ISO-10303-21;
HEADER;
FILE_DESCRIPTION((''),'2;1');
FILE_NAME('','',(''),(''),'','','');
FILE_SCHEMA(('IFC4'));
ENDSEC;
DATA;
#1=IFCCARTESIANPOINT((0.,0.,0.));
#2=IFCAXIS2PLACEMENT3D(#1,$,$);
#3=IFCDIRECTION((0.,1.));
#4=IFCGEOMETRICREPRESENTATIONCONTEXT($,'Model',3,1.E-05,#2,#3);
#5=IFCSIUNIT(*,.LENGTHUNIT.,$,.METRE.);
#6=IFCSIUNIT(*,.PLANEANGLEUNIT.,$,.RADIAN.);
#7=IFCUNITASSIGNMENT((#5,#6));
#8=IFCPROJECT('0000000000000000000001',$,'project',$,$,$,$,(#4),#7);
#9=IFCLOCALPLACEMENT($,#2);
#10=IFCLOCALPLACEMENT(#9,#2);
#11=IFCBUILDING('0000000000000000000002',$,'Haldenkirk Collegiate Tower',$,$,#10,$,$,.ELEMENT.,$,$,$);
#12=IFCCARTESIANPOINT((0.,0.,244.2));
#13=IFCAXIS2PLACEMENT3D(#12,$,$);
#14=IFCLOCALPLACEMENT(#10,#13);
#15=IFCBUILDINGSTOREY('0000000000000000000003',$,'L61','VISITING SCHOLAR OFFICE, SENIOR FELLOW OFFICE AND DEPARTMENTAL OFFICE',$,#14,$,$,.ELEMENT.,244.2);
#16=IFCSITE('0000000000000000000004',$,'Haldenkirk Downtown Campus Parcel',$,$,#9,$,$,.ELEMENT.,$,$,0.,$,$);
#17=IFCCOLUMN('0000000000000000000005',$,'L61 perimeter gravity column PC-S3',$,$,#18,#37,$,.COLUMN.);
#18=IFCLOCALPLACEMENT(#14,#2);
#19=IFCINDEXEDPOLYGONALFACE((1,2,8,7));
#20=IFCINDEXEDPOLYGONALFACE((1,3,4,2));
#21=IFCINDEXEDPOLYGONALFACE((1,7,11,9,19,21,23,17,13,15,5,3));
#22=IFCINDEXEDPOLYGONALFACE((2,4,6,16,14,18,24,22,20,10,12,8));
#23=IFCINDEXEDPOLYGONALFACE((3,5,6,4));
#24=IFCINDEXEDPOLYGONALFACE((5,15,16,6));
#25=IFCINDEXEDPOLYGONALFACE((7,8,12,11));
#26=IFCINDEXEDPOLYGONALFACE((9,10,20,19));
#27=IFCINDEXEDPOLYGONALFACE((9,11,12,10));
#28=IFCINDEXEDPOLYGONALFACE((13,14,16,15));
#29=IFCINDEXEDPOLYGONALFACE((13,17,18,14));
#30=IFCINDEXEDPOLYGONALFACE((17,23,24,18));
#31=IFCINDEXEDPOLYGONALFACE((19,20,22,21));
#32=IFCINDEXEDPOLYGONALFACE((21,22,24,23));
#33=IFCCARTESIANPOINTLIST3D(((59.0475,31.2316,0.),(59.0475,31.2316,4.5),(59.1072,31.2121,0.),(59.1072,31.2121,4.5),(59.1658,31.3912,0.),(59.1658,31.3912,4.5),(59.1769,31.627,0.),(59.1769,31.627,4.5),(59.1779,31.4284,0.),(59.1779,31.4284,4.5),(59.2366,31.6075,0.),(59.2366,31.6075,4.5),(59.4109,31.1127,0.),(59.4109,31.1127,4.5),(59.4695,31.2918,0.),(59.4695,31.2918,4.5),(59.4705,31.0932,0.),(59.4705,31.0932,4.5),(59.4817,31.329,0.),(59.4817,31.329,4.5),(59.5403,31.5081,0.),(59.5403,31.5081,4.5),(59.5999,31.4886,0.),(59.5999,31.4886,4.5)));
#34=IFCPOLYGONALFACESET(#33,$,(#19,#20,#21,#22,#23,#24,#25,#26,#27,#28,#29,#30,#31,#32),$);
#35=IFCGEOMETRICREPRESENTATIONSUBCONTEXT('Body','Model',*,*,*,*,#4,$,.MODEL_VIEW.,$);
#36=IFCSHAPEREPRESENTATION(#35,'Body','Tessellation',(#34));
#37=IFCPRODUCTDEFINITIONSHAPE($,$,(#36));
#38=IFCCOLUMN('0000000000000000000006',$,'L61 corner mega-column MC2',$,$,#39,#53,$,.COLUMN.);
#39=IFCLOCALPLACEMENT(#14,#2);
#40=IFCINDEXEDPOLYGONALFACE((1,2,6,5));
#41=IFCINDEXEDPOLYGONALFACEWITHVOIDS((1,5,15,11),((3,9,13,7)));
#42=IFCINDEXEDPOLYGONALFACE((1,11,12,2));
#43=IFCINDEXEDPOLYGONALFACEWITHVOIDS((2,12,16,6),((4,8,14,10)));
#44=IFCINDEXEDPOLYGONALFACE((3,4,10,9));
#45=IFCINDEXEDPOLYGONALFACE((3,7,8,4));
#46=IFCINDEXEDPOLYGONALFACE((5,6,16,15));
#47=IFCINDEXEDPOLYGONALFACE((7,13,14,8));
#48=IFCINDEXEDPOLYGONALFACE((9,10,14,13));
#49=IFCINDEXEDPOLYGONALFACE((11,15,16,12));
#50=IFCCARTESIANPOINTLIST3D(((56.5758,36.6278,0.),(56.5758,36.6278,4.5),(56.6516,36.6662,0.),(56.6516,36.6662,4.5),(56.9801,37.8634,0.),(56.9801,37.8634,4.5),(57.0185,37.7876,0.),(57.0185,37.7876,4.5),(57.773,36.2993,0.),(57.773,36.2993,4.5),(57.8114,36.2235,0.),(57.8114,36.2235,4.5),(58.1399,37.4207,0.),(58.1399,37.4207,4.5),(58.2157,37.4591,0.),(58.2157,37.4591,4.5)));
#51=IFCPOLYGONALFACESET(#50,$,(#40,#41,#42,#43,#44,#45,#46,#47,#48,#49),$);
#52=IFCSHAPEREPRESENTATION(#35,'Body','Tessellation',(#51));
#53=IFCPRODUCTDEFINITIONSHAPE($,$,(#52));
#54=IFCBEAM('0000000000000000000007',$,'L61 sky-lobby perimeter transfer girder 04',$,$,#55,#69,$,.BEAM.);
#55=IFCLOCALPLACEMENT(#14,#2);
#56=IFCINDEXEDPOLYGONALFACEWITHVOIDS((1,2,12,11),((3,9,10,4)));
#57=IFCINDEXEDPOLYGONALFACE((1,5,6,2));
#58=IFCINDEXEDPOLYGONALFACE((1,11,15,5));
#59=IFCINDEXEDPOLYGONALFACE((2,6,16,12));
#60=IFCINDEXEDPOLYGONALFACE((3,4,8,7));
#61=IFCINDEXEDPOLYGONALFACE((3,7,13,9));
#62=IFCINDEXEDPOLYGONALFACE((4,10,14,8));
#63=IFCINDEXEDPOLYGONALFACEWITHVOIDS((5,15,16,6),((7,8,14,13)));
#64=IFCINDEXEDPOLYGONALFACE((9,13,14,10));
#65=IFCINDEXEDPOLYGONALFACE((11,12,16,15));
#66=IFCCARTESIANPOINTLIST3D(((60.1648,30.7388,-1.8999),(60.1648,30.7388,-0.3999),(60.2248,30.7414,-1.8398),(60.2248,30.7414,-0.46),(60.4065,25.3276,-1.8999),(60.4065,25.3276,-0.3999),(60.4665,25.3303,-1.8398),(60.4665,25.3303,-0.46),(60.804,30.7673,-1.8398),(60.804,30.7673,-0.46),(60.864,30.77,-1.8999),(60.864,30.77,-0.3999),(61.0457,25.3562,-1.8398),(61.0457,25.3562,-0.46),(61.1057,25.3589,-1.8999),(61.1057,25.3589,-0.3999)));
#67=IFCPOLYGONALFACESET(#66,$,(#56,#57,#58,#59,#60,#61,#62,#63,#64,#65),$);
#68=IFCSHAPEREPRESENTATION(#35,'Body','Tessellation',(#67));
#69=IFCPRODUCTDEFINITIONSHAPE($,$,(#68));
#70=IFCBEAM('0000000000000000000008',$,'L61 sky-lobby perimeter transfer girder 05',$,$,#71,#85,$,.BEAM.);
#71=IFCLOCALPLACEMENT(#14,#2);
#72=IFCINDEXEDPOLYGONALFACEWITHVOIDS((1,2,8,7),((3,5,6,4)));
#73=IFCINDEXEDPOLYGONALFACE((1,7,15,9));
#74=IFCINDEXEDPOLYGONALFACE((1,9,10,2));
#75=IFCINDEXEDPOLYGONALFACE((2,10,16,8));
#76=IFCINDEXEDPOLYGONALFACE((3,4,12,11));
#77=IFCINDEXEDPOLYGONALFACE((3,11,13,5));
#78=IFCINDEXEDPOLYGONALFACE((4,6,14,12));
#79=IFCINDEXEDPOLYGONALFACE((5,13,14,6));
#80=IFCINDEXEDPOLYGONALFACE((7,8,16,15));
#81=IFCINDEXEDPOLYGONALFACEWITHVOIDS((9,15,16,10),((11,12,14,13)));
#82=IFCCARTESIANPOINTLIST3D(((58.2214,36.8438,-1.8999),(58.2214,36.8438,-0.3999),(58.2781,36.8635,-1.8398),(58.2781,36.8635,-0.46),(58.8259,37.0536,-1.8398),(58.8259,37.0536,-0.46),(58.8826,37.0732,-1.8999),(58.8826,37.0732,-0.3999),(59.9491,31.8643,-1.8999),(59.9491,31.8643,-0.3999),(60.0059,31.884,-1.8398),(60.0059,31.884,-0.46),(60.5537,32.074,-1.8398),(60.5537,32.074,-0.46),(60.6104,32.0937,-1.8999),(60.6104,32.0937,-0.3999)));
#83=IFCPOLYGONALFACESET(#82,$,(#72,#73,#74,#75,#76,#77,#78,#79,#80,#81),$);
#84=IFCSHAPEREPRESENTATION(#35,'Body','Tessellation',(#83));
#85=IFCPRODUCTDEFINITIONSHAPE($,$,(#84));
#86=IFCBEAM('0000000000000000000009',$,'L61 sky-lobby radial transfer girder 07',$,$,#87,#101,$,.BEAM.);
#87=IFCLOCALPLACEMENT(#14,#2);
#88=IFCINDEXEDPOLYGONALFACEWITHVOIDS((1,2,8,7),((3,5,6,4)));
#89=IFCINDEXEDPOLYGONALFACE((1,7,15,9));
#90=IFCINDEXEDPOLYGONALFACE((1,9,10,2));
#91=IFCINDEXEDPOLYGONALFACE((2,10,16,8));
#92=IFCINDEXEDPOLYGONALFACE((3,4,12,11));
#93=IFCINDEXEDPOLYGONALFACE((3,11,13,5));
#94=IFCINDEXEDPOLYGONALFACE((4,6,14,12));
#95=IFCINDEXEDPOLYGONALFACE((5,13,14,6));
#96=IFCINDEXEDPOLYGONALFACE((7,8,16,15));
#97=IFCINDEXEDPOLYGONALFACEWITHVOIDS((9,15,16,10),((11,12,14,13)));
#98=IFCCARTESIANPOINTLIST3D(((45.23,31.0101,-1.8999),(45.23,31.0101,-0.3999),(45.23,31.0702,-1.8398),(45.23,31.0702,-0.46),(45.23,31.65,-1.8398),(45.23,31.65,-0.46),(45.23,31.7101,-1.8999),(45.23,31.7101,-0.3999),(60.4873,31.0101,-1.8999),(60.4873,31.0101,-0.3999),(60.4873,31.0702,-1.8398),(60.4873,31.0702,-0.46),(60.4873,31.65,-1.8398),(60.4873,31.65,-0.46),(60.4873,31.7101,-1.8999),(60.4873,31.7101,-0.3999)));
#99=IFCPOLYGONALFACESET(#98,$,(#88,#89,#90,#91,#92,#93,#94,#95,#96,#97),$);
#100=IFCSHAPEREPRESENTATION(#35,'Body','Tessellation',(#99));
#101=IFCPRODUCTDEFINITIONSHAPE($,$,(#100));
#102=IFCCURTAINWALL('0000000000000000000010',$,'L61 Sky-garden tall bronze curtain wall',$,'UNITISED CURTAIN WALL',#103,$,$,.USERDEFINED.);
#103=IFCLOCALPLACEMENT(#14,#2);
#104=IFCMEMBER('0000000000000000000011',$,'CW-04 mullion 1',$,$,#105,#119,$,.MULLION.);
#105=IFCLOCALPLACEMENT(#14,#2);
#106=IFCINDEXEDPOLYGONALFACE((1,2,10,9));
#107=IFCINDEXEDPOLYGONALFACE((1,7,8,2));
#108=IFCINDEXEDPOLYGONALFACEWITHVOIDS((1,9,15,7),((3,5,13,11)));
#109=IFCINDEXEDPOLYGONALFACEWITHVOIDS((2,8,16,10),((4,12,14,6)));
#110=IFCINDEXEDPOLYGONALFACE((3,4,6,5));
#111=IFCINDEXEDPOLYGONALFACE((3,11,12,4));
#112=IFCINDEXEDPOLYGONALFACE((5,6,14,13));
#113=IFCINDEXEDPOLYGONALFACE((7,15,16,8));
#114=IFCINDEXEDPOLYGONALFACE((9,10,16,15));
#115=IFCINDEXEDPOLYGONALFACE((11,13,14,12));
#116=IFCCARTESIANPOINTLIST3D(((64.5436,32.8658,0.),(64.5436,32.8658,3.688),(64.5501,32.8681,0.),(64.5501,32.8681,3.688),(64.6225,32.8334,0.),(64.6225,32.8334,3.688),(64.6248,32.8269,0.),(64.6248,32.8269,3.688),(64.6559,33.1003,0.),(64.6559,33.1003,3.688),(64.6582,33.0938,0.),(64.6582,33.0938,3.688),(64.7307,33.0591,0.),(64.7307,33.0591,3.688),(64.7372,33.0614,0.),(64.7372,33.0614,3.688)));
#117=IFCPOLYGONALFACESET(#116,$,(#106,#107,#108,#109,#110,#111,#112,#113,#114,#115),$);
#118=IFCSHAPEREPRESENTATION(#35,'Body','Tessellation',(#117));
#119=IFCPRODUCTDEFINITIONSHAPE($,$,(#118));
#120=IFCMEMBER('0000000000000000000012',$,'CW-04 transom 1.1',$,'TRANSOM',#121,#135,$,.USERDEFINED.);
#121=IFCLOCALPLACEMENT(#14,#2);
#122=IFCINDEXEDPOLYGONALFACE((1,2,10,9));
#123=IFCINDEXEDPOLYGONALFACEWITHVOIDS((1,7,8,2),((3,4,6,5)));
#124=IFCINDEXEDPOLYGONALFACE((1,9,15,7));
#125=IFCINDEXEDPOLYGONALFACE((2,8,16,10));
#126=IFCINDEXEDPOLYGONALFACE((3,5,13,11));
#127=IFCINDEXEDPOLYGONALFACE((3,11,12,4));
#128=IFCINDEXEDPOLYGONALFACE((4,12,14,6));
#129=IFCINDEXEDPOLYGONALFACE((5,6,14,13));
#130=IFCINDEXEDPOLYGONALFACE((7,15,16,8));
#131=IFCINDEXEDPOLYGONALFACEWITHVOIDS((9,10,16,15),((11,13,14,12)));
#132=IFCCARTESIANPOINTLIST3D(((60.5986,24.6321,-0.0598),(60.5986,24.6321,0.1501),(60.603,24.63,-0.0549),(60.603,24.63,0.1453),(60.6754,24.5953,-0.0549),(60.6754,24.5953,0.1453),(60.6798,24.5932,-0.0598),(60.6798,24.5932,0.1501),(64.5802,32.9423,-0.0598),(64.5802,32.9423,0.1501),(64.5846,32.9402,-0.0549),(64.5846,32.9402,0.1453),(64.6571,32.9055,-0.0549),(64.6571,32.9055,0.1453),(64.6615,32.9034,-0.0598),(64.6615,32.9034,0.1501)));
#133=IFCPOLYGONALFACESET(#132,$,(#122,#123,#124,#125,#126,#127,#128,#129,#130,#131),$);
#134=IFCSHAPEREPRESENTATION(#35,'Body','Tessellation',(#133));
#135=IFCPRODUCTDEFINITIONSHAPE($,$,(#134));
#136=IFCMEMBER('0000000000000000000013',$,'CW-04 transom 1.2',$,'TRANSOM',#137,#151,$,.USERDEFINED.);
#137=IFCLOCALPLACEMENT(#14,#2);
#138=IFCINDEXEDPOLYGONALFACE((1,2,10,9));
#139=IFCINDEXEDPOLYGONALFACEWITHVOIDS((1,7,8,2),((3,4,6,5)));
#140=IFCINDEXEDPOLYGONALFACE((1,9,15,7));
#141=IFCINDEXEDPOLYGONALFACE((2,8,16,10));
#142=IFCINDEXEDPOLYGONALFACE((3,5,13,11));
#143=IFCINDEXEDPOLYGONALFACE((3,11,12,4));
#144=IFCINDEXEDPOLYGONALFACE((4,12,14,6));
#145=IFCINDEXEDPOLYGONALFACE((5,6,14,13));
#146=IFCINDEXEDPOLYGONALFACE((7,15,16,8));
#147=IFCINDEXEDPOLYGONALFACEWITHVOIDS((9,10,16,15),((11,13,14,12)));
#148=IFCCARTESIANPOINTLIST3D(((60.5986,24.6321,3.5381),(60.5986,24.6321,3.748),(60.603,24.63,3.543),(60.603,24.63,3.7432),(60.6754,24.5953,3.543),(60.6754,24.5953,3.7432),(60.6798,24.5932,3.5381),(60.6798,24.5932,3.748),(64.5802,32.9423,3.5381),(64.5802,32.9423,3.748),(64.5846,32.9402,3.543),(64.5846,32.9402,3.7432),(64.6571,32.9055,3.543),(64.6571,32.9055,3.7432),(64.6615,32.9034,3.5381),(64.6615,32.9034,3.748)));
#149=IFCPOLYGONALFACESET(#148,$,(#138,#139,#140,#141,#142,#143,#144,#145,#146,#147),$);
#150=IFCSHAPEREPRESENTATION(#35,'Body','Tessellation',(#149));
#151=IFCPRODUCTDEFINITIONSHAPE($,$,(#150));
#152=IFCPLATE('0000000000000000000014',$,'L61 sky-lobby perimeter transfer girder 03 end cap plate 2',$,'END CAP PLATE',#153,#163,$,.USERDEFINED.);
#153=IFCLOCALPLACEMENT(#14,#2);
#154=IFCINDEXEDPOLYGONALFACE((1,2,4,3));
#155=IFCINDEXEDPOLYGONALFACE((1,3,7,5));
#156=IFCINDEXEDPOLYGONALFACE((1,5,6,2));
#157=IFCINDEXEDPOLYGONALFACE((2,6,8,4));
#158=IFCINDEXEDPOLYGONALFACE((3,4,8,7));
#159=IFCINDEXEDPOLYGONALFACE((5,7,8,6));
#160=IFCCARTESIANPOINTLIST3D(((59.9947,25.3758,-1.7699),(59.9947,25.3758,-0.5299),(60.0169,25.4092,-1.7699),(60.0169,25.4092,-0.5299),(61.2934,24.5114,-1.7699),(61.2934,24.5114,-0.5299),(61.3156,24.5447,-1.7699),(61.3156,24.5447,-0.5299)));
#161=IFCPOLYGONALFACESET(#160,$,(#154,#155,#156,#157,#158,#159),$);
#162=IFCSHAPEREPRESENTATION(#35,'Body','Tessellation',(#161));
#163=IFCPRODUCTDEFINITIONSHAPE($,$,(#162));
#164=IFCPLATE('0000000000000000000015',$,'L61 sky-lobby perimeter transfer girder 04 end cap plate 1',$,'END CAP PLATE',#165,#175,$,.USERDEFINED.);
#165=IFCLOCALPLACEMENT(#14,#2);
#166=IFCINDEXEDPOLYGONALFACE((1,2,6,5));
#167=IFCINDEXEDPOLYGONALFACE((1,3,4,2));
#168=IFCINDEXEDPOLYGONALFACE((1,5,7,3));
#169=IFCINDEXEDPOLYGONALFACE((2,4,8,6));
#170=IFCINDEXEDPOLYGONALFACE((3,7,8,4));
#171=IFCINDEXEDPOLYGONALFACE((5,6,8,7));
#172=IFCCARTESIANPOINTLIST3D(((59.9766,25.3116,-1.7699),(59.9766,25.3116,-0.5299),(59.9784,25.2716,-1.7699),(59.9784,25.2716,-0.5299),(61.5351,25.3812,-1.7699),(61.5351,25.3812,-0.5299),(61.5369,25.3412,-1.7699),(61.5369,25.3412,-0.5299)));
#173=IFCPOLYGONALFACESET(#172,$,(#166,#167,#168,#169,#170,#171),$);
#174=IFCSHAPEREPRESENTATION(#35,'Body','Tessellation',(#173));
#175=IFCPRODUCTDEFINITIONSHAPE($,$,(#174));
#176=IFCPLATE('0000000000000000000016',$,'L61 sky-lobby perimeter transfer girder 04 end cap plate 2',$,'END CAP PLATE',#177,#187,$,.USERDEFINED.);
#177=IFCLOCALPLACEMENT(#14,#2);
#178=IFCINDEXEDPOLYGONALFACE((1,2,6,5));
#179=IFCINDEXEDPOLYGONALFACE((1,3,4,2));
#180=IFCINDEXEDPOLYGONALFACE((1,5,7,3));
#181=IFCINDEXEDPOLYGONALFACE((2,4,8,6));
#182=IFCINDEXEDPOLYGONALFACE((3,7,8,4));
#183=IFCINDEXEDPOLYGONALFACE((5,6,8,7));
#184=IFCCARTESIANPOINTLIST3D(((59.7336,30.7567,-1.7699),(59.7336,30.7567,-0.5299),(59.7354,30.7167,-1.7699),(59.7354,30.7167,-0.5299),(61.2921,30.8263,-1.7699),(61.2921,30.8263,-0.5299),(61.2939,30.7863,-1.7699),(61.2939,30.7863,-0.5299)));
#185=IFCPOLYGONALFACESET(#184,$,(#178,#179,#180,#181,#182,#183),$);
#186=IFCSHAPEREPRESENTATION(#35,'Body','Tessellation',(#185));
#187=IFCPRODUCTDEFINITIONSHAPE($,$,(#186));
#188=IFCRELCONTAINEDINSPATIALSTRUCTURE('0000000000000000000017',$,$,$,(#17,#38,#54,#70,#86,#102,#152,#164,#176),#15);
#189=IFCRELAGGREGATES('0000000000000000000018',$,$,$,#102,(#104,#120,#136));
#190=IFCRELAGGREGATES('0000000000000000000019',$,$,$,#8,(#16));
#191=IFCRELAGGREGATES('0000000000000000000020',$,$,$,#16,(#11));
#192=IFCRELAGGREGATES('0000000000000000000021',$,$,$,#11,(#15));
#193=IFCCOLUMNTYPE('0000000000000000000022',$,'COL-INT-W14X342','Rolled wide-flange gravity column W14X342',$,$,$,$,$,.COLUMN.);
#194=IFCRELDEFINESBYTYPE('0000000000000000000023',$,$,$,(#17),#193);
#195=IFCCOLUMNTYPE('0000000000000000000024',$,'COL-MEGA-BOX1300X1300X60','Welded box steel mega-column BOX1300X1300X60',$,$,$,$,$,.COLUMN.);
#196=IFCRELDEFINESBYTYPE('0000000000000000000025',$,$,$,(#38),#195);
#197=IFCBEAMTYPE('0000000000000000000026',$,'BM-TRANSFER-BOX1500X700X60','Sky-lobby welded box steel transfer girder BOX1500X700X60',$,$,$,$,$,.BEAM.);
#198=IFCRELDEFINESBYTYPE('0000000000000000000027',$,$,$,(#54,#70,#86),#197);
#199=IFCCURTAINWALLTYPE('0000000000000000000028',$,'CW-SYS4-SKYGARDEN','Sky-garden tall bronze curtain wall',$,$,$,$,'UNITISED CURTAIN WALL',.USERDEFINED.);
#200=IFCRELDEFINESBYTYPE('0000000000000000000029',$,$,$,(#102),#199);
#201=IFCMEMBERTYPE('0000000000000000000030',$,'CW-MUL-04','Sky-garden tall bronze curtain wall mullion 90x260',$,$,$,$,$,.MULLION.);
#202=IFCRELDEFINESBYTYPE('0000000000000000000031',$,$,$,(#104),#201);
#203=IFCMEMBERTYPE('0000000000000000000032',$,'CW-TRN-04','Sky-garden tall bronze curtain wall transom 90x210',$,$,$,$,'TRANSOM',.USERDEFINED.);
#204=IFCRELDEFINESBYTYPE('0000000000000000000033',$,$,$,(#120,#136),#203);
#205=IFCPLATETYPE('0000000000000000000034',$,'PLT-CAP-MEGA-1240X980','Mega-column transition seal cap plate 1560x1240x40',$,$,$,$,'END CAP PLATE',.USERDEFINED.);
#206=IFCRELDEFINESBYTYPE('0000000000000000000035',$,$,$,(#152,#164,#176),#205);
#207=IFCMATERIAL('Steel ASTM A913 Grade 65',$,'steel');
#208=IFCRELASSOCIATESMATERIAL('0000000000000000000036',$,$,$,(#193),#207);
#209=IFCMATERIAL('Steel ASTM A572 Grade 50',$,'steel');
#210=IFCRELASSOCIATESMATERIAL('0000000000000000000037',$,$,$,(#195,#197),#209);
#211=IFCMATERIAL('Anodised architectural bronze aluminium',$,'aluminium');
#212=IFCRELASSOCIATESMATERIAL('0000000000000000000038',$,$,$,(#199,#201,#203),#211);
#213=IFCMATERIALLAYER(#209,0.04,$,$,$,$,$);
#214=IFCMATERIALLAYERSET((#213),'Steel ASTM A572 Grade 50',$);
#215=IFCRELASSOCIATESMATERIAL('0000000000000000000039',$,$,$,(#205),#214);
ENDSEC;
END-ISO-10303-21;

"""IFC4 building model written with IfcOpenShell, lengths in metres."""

from ifc_helpers import new_model, si_unit, direction, frame, origin, origin_2d, place, context, subcontext, project, spatial, rectangle, hollow_rectangle, i_section, extrude, source, transform, mapped, material, layer, layer_set, material_profile, profile_set, type_object, element, aggregate, save


model = new_model("IFC4")

# Units and contexts
model_context = context("Model", 3, precision=1e-05, world=origin(), true_north=direction((0.0, 1.0)))
body_context = subcontext(model_context, "Body", "Model", "MODEL_VIEW")
ifc_project = project(units=[si_unit("LENGTHUNIT", "METRE"), si_unit("PLANEANGLEUNIT", "RADIAN")], contexts=[model_context])

# Site, building, storey
site_placement = place(None, origin())
site = spatial("IfcSite", under=ifc_project, at=site_placement, Name="Haldenkirk Downtown Campus Parcel", CompositionType="ELEMENT", RefElevation=0.0)
building_placement = place(site_placement, origin())
building = spatial("IfcBuilding", under=site, at=building_placement, Name="Haldenkirk Collegiate Tower", CompositionType="ELEMENT")
storey_placement = place(building_placement, frame((0.0, 0.0, 244.2)))
storey = spatial("IfcBuildingStorey", under=building, at=storey_placement, Name="L61", Description="VISITING SCHOLAR OFFICE, SENIOR FELLOW OFFICE AND DEPARTMENTAL OFFICE", CompositionType="ELEMENT", Elevation=244.2)

# Columns
ifc_material_1 = material(Name="Steel ASTM A913 Grade 65", Category="steel")
ifc_material_profile_1 = material_profile(ifc_material_1, i_section(OverallWidth=0.416, OverallDepth=0.4451, WebThickness=0.0391, FlangeThickness=0.0627, at=origin_2d()), Name="W14X342")
ifc_profile_set_1 = profile_set([ifc_material_profile_1], Name="Steel ASTM A913 Grade 65")
column_type_1 = type_object("IfcColumnType", Name="COL-INT-W14X342", Description="Rolled wide-flange gravity column W14X342", PredefinedType="COLUMN", material=ifc_profile_set_1)
column_1_placement = place(storey_placement, frame((59.3237, 31.3601, 0.0), z_axis=(0.0, 0.0, 1.0), x_axis=(0.311008, 0.950407, 0.0)))
element("IfcColumn", 1, at=column_1_placement, inside=storey, type_object=column_type_1, Name="L61 perimeter gravity column PC-S3", PredefinedType="COLUMN", context=body_context, shape_type="SweptSolid", body=[
    extrude(i_section(OverallWidth=0.416, OverallDepth=0.4451, WebThickness=0.0391, FlangeThickness=0.0627, at=origin_2d()), origin(), (0.0, 0.0, 1.0), 4.5),
])
ifc_material_2 = material(Name="Steel ASTM A572 Grade 50", Category="steel")
ifc_material_profile_2 = material_profile(ifc_material_2, hollow_rectangle(XDim=1.3, YDim=1.3, WallThickness=0.0601, at=origin_2d()), Name="BOX1300X1300X60")
ifc_profile_set_2 = profile_set([ifc_material_profile_2], Name="Steel ASTM A572 Grade 50")
column_type_2 = type_object("IfcColumnType", Name="COL-MEGA-BOX1300X1300X60", Description="Welded box steel mega-column BOX1300X1300X60", PredefinedType="COLUMN", material=ifc_profile_set_2)
column_2_placement = place(storey_placement, frame((57.3958, 37.0435, 0.0), z_axis=(0.0, 0.0, 1.0), x_axis=(0.311008, 0.950407, 0.0)))
element("IfcColumn", 2, at=column_2_placement, inside=storey, type_object=column_type_2, Name="L61 corner mega-column MC2", PredefinedType="COLUMN", context=body_context, shape_type="SweptSolid", body=[
    extrude(hollow_rectangle(XDim=1.3, YDim=1.3, WallThickness=0.0601, at=origin_2d()), origin(), (0.0, 0.0, 1.0), 4.5),
])

# Beams
ifc_material_profile_3 = material_profile(ifc_material_2, hollow_rectangle(XDim=0.7, YDim=1.5, WallThickness=0.0601, at=origin_2d()), Name="BOX1500X700X60")
ifc_profile_set_3 = profile_set([ifc_material_profile_3], Name="Steel ASTM A572 Grade 50")
beam_type = type_object("IfcBeamType", Name="BM-TRANSFER-BOX1500X700X60", Description="Sky-lobby welded box steel transfer girder BOX1500X700X60", PredefinedType="BEAM", material=ifc_profile_set_3)
beam_1_placement = place(storey_placement, frame((60.7561, 25.3433, -1.1499), z_axis=(-0.044623, 0.999004, 0.0), x_axis=(-0.999004, -0.044623, 0.0)))
element("IfcBeam", 3, at=beam_1_placement, inside=storey, type_object=beam_type, Name="L61 sky-lobby perimeter transfer girder 04", PredefinedType="BEAM", context=body_context, shape_type="SweptSolid", body=[
    extrude(hollow_rectangle(XDim=0.7, YDim=1.5, WallThickness=0.0601, at=origin_2d()), origin(), (0.0, 0.0, 1.0), 5.4165),
])
beam_2_placement = place(storey_placement, frame((60.2798, 31.979, -1.1499), z_axis=(-0.327807, 0.944745, 0.0), x_axis=(-0.944745, -0.327807, 0.0)))
element("IfcBeam", 4, at=beam_2_placement, inside=storey, type_object=beam_type, Name="L61 sky-lobby perimeter transfer girder 05", PredefinedType="BEAM", context=body_context, shape_type="SweptSolid", body=[
    extrude(hollow_rectangle(XDim=0.7, YDim=1.5, WallThickness=0.0601, at=origin_2d()), origin(), (0.0, 0.0, 1.0), 5.2708),
])
beam_3_placement = place(storey_placement, frame((60.4873, 31.3601, -1.1499), z_axis=(-1.0, 0.0, 0.0), x_axis=(0.0, -1.0, 0.0)))
element("IfcBeam", 5, at=beam_3_placement, inside=storey, type_object=beam_type, Name="L61 sky-lobby radial transfer girder 07", PredefinedType="BEAM", context=body_context, shape_type="SweptSolid", body=[
    extrude(hollow_rectangle(XDim=0.7, YDim=1.5, WallThickness=0.0601, at=origin_2d()), origin(), (0.0, 0.0, 1.0), 15.2573),
])

# Curtain wall, members
ifc_material_3 = material(Name="Anodised architectural bronze aluminium", Category="aluminium")
curtain_wall_type = type_object("IfcCurtainWallType", Name="CW-SYS4-SKYGARDEN", Description="Sky-garden tall bronze curtain wall", ElementType="UNITISED CURTAIN WALL", PredefinedType="USERDEFINED", material=ifc_material_3)
curtain_wall_placement = place(storey_placement, origin())
curtain_wall = element("IfcCurtainWall", 6, at=curtain_wall_placement, inside=storey, type_object=curtain_wall_type, Name="L61 Sky-garden tall bronze curtain wall", ObjectType="UNITISED CURTAIN WALL", PredefinedType="USERDEFINED")
ifc_material_profile_4 = material_profile(ifc_material_3, hollow_rectangle(XDim=0.0901, YDim=0.26, WallThickness=0.0049, at=origin_2d()), Name="CW-MUL-04")
ifc_profile_set_4 = profile_set([ifc_material_profile_4], Name="Anodised architectural bronze aluminium")
member_type_1 = type_object("IfcMemberType", Name="CW-MUL-04", Description="Sky-garden tall bronze curtain wall mullion 90x260", PredefinedType="MULLION", material=ifc_profile_set_4)
member_1_placement = place(storey_placement, frame((64.6404, 32.9636, 0.0), z_axis=(0.0, 0.0, 1.0), x_axis=(0.901834, -0.432083, 0.0)))
member_1 = element("IfcMember", 7, at=member_1_placement, type_object=member_type_1, Name="CW-04 mullion 1", PredefinedType="MULLION", context=body_context, shape_type="SweptSolid", body=[
    extrude(hollow_rectangle(XDim=0.0901, YDim=0.26, WallThickness=0.0049, at=origin_2d()), origin(), (0.0, 0.0, 1.0), 3.688),
])
ifc_material_profile_5 = material_profile(ifc_material_3, hollow_rectangle(XDim=0.0901, YDim=0.21, WallThickness=0.0049, at=origin_2d()), Name="CW-TRN-04")
ifc_profile_set_5 = profile_set([ifc_material_profile_5], Name="Anodised architectural bronze aluminium")
member_type_2 = type_object("IfcMemberType", Name="CW-TRN-04", Description="Sky-garden tall bronze curtain wall transom 90x210", ElementType="TRANSOM", PredefinedType="USERDEFINED", material=ifc_profile_set_5)
member_2_placement = place(storey_placement, frame((64.6208, 32.9229, 0.0452), z_axis=(-0.432091, -0.90183, 0.0), x_axis=(0.90183, -0.432091, 0.0)))
member_2 = element("IfcMember", 8, at=member_2_placement, type_object=member_type_2, Name="CW-04 transom 1.1", ObjectType="TRANSOM", PredefinedType="USERDEFINED", context=body_context, shape_type="SweptSolid", body=[
    extrude(hollow_rectangle(XDim=0.0901, YDim=0.21, WallThickness=0.0049, at=origin_2d()), origin(), (0.0, 0.0, 1.0), 9.2148),
])
member_3_placement = place(storey_placement, frame((64.6208, 32.9229, 3.6431), z_axis=(-0.432091, -0.90183, 0.0), x_axis=(0.90183, -0.432091, 0.0)))
member_3 = element("IfcMember", 9, at=member_3_placement, type_object=member_type_2, Name="CW-04 transom 1.2", ObjectType="TRANSOM", PredefinedType="USERDEFINED", context=body_context, shape_type="SweptSolid", body=[
    extrude(hollow_rectangle(XDim=0.0901, YDim=0.21, WallThickness=0.0049, at=origin_2d()), origin(), (0.0, 0.0, 1.0), 9.2148),
])

# Plates
ifc_layer_1 = layer(ifc_material_2, 0.04)
ifc_layer_set_1 = layer_set([ifc_layer_1], Name="Steel ASTM A572 Grade 50")
plate_type_1 = type_object("IfcPlateType", Name="PLT-CAP-MEGA-1240X980", Description="Mega-column transition seal cap plate 1560x1240x40", ElementType="END CAP PLATE", PredefinedType="USERDEFINED", material=ifc_layer_set_1)
shared_shape_1 = source(origin(), body_context, "Body", "SweptSolid", [
    extrude(rectangle(XDim=1.5601, YDim=1.24, at=origin_2d()), origin(), (0.0, 0.0, 1.0), 0.04),
])
for number, where, z_axis, x_axis, name in (
    (10, (60.644, 24.9436, -1.1499), (0.554123, 0.832435, 0.0), (-0.832435, 0.554123, 0.0), "L61 sky-lobby perimeter transfer girder 03 end cap plate 2"),
    (11, (60.7559, 25.3464, -1.1499), (0.044623, -0.999004, 0.0), (0.999004, 0.044623, 0.0), "L61 sky-lobby perimeter transfer girder 04 end cap plate 1"),
    (12, (60.5146, 30.7515, -1.1499), (-0.044623, 0.999004, 0.0), (-0.999004, -0.044623, 0.0), "L61 sky-lobby perimeter transfer girder 04 end cap plate 2"),
):
    element("IfcPlate", number, at=place(storey_placement, frame(where, z_axis=z_axis, x_axis=x_axis)), inside=storey, type_object=plate_type_1, Name=name, ObjectType="END CAP PLATE", PredefinedType="USERDEFINED", context=body_context, shape_type="MappedRepresentation", body=[
        mapped(shared_shape_1, transform((0.0, 0.0, 0.0), x_axis=(1.0, 0.0, 0.0), y_axis=(0.0, 1.0, 0.0), z_axis=(0.0, 0.0, 1.0), scale=1.0)),
    ])

aggregate(curtain_wall, [member_1, member_2, member_3])

save(model, "model.ifc")
